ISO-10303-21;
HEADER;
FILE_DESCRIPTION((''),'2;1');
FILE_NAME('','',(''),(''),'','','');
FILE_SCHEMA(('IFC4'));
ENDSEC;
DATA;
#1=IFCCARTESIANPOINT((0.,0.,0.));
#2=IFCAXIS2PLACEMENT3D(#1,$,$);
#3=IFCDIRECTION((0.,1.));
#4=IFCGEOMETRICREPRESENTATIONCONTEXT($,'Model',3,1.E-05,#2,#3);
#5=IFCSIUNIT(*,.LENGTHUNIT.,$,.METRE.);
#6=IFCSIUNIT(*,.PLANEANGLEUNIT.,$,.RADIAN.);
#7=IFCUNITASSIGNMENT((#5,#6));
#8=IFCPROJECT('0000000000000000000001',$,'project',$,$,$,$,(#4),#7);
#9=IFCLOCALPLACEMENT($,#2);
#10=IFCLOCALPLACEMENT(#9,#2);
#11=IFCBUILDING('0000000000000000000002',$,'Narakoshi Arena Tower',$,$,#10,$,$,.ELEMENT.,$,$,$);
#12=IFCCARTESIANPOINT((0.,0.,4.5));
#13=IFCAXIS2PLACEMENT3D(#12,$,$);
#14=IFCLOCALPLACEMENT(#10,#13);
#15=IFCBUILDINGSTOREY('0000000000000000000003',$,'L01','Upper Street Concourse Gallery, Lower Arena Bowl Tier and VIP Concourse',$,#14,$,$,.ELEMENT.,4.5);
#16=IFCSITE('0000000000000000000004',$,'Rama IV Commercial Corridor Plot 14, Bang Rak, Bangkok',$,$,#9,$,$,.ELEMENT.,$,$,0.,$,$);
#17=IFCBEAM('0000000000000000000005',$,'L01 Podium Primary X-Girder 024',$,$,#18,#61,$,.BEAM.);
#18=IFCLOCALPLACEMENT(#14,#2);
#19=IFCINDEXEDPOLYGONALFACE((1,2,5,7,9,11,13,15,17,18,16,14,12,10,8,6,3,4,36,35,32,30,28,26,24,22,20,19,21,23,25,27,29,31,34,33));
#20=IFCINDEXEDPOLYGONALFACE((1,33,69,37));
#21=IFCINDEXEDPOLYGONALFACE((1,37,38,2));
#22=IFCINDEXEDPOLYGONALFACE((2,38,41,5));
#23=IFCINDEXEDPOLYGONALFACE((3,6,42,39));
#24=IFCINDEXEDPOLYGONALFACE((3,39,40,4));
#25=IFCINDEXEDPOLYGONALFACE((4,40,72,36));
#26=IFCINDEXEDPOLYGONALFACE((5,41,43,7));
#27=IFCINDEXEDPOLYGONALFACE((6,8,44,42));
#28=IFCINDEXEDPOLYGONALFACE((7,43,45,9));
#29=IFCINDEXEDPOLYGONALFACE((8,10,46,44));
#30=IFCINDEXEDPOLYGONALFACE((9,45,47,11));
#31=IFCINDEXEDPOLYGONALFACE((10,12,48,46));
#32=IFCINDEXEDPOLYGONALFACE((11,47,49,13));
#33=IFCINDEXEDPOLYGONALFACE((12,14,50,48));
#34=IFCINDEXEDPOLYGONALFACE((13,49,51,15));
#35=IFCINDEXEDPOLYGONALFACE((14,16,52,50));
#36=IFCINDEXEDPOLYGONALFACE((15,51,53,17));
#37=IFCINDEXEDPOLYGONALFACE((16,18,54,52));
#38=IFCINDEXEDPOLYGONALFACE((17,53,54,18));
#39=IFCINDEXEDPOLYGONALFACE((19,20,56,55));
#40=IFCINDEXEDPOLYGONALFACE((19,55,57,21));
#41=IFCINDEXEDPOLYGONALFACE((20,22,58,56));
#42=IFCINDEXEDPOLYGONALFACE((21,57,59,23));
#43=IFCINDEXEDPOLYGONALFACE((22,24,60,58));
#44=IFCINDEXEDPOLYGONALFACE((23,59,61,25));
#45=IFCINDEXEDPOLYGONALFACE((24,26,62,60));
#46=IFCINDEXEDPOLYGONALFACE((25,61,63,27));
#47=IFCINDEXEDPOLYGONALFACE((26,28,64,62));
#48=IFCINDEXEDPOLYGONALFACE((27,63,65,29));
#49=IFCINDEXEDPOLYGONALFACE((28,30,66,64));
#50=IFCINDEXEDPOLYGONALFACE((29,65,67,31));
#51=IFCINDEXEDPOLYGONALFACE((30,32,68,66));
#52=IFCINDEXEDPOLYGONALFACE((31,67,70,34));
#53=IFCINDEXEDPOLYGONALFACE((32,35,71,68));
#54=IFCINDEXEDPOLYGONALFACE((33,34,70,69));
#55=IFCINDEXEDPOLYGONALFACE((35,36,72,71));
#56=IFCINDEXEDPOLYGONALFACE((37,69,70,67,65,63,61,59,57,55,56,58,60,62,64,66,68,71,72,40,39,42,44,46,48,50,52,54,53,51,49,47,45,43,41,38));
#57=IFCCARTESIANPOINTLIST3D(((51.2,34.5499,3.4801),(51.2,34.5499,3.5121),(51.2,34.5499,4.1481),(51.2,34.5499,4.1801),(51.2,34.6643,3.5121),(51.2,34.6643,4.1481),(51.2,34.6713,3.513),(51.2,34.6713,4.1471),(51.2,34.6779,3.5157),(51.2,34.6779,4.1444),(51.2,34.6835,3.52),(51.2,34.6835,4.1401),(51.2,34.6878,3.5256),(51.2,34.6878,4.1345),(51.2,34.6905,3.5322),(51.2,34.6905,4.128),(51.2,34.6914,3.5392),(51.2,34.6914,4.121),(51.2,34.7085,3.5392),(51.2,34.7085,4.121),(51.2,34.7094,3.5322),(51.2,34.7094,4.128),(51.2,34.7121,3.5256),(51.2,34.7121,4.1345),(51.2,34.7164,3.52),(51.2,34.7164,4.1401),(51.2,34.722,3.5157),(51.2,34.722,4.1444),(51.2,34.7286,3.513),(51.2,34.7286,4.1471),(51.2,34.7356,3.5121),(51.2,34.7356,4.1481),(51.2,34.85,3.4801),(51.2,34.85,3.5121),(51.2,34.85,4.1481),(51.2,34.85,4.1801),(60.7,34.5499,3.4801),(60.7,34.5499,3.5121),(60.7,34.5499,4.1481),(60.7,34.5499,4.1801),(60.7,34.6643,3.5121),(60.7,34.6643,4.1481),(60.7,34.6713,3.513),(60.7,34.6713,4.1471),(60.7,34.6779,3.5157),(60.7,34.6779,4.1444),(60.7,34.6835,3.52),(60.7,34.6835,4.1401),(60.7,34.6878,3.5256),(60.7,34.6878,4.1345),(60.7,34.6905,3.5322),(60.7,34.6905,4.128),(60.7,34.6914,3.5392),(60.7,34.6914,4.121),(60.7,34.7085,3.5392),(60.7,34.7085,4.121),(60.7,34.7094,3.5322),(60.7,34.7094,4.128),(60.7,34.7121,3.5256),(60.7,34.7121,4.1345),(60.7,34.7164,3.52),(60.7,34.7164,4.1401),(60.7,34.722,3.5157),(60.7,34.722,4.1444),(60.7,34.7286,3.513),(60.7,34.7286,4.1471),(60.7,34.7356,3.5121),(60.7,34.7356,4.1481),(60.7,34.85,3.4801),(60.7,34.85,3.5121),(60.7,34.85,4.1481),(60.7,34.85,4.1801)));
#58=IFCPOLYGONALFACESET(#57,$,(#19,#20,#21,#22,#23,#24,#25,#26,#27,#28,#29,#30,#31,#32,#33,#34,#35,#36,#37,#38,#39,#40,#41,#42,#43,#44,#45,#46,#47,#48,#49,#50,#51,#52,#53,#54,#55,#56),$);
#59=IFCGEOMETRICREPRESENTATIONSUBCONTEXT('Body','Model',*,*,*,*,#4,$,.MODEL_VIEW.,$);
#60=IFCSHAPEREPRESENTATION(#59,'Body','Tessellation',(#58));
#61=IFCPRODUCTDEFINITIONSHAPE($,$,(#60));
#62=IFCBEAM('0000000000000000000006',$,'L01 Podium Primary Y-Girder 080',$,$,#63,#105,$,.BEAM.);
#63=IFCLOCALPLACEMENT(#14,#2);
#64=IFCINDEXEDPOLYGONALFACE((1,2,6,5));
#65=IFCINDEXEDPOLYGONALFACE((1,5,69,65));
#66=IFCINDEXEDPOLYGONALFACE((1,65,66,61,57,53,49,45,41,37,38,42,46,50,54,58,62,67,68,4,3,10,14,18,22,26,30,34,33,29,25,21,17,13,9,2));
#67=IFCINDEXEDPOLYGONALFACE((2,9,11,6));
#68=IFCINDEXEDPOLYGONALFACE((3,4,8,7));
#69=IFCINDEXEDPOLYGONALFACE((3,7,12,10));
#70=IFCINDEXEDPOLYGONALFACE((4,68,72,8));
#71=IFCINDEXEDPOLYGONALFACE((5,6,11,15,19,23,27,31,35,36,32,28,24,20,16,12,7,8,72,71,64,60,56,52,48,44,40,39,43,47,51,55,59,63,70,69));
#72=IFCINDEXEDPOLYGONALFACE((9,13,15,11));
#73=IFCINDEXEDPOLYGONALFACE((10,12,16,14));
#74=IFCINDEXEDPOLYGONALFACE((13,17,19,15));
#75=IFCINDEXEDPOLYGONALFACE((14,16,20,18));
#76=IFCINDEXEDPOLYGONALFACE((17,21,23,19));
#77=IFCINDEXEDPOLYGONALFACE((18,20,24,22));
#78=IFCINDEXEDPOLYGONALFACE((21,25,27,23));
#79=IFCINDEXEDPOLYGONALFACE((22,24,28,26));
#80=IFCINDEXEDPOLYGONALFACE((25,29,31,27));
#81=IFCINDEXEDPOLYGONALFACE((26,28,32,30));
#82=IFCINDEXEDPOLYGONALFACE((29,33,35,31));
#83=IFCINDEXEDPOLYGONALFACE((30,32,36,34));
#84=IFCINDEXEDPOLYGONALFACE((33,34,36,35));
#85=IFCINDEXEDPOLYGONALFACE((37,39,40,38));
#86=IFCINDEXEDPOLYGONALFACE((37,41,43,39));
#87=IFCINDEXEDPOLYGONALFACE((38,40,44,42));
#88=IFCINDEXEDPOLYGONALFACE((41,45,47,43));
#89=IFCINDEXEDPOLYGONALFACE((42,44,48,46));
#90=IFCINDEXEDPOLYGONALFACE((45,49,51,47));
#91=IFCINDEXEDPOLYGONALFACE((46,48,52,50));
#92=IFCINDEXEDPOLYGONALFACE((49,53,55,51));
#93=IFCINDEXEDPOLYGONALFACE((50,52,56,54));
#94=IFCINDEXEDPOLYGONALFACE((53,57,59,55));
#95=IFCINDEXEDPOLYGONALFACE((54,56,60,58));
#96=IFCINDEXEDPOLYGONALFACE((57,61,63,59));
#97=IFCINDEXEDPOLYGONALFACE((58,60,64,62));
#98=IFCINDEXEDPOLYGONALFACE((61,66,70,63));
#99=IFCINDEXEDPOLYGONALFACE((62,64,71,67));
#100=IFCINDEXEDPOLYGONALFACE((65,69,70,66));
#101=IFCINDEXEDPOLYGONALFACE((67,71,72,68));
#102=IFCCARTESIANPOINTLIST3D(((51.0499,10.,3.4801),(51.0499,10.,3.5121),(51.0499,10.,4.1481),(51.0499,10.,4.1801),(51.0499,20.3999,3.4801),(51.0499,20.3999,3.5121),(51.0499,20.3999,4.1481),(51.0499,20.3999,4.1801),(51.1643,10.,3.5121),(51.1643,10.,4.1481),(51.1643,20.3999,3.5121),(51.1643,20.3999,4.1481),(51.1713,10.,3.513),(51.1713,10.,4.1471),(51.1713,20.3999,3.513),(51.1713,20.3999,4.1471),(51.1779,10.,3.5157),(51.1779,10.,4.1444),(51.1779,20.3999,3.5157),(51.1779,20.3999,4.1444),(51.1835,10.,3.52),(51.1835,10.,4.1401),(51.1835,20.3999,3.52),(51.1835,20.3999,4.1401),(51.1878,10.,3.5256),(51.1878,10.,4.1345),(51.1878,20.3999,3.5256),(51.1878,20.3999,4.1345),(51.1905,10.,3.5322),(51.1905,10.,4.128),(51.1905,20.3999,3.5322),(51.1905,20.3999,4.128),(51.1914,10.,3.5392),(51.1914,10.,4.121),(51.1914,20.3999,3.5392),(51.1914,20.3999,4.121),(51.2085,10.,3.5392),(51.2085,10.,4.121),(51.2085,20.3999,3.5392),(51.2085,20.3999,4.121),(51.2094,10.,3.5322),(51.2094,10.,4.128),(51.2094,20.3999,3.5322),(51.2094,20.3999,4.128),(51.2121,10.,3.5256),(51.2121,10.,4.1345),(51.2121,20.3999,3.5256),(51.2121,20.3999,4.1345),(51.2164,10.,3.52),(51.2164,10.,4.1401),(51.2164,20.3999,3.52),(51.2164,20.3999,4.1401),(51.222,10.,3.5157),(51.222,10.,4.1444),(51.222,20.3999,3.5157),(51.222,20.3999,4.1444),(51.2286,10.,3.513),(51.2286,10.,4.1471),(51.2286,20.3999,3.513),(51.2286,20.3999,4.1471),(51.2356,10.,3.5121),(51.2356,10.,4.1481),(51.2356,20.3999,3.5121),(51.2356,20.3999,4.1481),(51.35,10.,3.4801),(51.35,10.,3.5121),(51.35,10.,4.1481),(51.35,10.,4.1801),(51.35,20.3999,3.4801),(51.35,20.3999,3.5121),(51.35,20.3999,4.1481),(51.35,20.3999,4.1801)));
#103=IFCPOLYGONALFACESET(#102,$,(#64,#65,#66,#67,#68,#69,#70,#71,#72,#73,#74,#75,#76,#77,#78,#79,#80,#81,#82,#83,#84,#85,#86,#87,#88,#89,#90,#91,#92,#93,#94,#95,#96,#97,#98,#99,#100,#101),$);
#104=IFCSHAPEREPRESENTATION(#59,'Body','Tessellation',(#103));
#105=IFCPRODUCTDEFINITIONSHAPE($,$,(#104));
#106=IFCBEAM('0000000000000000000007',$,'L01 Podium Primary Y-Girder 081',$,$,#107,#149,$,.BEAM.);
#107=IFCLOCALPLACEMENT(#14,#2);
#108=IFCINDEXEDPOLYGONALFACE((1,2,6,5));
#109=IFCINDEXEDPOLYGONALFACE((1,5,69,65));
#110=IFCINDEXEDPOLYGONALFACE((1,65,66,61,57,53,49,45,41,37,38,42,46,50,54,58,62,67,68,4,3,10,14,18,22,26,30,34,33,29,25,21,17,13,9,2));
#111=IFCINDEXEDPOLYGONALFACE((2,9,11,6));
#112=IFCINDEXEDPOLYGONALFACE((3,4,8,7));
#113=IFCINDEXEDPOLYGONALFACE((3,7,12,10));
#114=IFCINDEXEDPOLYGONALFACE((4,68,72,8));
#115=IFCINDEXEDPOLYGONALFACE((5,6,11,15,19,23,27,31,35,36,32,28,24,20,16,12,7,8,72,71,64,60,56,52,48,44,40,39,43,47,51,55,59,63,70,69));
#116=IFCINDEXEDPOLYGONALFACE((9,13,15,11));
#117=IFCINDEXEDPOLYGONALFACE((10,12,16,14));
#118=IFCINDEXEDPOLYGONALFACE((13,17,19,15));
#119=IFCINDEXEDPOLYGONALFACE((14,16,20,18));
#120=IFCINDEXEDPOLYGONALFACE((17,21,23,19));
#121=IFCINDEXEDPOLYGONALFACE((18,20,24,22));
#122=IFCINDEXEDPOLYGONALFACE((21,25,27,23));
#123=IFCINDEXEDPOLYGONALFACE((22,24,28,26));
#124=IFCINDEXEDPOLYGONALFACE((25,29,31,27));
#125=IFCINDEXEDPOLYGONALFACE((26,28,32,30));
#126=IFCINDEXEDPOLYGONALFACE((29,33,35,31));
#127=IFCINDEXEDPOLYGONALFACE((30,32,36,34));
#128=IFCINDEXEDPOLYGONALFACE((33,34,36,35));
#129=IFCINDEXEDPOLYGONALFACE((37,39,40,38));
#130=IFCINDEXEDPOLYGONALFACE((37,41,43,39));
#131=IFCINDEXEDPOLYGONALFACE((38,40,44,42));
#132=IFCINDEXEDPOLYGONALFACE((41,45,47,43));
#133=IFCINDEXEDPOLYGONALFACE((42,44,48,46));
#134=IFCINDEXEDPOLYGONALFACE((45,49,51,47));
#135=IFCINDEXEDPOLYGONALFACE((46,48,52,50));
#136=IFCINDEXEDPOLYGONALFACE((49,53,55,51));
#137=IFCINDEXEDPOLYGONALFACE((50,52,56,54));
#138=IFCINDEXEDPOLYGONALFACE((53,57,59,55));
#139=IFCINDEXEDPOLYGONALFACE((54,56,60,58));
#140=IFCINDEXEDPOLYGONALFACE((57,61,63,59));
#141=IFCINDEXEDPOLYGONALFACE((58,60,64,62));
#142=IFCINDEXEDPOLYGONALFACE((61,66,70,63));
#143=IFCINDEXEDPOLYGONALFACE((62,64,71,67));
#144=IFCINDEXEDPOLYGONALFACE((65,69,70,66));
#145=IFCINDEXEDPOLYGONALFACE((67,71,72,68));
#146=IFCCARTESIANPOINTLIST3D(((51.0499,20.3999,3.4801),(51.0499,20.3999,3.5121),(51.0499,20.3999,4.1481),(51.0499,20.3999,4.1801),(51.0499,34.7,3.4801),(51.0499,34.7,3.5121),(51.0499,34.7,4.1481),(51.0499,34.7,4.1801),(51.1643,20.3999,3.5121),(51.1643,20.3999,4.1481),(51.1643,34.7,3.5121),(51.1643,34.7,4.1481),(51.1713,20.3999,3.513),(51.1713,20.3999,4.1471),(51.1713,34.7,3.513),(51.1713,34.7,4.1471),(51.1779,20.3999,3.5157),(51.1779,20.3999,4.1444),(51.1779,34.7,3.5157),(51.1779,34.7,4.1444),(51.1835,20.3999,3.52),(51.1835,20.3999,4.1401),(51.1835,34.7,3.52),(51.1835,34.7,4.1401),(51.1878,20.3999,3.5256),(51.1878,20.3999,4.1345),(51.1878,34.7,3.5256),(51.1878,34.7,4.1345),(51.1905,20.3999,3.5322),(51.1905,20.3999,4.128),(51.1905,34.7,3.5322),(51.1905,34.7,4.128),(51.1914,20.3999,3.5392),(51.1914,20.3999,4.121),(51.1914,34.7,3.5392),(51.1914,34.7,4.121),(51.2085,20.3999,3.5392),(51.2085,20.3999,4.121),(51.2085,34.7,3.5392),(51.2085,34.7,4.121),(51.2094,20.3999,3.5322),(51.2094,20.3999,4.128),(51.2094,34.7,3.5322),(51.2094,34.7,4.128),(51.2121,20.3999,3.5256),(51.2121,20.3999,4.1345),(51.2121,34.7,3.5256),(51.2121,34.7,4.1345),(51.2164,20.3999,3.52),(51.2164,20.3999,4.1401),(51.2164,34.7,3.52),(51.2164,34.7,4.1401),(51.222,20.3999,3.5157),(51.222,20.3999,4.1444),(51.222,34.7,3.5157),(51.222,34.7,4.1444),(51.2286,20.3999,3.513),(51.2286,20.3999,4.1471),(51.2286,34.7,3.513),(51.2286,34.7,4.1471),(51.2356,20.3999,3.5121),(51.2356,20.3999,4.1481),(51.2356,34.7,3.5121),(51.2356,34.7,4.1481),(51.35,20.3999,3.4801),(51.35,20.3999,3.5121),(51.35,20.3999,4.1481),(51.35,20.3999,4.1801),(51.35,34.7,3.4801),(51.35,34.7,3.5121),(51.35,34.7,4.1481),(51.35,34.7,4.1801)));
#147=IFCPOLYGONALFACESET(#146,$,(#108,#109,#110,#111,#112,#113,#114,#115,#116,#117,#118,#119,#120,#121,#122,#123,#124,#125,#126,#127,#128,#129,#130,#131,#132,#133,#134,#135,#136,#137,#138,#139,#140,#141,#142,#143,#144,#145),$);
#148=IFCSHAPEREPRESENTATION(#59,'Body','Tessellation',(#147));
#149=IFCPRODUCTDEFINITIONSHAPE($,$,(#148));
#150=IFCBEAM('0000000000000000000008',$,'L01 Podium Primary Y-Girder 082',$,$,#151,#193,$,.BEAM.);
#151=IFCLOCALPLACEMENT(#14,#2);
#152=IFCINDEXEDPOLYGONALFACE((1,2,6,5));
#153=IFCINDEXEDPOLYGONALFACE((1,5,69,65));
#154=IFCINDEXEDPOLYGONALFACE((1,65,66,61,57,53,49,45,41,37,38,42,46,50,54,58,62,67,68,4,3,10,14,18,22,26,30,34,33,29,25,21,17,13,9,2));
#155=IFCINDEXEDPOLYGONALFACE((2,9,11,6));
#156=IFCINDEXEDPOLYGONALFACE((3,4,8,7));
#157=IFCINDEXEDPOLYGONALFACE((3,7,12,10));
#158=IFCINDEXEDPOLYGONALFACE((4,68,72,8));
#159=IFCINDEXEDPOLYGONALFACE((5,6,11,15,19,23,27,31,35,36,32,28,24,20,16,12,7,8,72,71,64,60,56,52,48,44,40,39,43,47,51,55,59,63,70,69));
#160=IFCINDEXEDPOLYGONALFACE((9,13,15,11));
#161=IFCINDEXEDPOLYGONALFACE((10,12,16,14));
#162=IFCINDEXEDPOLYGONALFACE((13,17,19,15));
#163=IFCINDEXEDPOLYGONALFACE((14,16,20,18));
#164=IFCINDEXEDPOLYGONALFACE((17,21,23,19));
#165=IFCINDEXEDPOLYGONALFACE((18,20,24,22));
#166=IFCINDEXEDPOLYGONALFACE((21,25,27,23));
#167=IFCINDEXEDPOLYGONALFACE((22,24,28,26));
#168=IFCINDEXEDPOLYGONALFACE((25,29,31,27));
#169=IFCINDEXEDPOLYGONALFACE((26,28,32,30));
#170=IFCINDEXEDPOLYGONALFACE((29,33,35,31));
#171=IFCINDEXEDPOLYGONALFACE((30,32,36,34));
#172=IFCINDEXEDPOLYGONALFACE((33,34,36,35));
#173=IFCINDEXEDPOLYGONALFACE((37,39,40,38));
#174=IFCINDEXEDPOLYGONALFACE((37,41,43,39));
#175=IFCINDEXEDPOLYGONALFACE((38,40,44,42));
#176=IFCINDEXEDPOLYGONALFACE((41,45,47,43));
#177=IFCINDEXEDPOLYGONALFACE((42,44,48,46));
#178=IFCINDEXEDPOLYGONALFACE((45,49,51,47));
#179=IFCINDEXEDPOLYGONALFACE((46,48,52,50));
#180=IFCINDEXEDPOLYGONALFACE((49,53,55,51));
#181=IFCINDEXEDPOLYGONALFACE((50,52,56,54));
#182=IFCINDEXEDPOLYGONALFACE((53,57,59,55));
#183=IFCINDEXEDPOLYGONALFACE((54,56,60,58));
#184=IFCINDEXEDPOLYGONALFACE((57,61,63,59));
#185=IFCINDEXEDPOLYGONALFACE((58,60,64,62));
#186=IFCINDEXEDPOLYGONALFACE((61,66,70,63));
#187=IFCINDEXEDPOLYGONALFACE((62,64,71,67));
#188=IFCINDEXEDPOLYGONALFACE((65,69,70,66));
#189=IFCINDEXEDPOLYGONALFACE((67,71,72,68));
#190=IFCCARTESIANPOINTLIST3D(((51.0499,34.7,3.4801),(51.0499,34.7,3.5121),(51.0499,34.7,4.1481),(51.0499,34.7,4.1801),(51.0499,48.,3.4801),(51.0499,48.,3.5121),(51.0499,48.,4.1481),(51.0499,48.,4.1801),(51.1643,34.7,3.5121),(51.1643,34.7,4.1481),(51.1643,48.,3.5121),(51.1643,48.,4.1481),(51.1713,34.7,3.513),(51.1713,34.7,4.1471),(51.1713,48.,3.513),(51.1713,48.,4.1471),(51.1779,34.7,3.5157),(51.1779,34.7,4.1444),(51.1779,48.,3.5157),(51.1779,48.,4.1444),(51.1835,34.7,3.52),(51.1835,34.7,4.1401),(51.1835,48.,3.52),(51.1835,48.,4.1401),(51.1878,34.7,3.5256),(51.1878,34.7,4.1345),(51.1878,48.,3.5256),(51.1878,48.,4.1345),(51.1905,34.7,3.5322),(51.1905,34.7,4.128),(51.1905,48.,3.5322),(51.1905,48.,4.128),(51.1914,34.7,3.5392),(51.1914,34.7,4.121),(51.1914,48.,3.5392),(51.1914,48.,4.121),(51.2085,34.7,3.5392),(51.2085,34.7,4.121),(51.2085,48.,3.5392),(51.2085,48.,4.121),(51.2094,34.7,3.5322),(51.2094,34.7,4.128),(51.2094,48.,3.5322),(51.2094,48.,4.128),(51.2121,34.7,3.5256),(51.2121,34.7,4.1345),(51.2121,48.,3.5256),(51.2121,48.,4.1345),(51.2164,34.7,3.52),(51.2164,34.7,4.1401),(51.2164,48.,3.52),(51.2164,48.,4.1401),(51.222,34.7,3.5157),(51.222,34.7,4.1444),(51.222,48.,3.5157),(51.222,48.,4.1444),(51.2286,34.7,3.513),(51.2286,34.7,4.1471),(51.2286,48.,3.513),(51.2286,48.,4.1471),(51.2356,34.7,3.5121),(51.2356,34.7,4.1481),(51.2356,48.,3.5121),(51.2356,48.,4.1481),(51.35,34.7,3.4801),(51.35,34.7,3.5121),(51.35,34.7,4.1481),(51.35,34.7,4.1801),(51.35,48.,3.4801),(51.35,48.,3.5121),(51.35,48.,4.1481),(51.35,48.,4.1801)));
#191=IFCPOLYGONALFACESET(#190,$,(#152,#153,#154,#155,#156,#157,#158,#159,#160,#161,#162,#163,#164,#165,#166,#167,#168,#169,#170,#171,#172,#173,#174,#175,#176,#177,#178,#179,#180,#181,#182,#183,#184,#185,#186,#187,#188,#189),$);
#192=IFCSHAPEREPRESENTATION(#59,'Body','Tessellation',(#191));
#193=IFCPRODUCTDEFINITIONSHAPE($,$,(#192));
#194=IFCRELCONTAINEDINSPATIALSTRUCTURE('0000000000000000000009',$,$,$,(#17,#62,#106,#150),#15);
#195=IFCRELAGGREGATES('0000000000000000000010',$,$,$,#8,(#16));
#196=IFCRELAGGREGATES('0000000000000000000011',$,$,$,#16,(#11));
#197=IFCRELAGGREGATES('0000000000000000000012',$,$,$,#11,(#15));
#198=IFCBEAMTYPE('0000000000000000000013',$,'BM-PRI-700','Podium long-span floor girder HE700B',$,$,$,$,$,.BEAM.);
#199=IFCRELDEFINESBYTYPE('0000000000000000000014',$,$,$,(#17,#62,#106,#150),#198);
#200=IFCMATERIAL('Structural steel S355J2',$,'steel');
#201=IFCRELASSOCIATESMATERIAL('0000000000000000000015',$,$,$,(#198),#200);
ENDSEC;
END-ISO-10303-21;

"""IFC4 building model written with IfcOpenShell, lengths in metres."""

from ifc_helpers import new_model, si_unit, direction, frame, origin, origin_2d, place, context, subcontext, project, spatial, i_section, extrude, material, material_profile, profile_set, type_object, element, save


model = new_model("IFC4")

# Units and contexts
model_context = context("Model", 3, precision=1e-05, world=origin(), true_north=direction((0.0, 1.0)))
body_context = subcontext(model_context, "Body", "Model", "MODEL_VIEW")
ifc_project = project(units=[si_unit("LENGTHUNIT", "METRE"), si_unit("PLANEANGLEUNIT", "RADIAN")], contexts=[model_context])

# Site, building, storey
site_placement = place(None, origin())
site = spatial("IfcSite", under=ifc_project, at=site_placement, Name="Rama IV Commercial Corridor Plot 14, Bang Rak, Bangkok", CompositionType="ELEMENT", RefElevation=0.0)
building_placement = place(site_placement, origin())
building = spatial("IfcBuilding", under=site, at=building_placement, Name="Narakoshi Arena Tower", CompositionType="ELEMENT")
storey_placement = place(building_placement, frame((0.0, 0.0, 4.5)))
storey = spatial("IfcBuildingStorey", under=building, at=storey_placement, Name="L01", Description="Upper Street Concourse Gallery, Lower Arena Bowl Tier and VIP Concourse", CompositionType="ELEMENT", Elevation=4.5)

# Beams
ifc_material_1 = material(Name="Structural steel S355J2", Category="steel")
ifc_material_profile_1 = material_profile(ifc_material_1, i_section(OverallWidth=0.3, OverallDepth=0.7, WebThickness=0.0171, FlangeThickness=0.032, FilletRadius=0.0271, at=origin_2d()), Name="HE700B")
ifc_profile_set_1 = profile_set([ifc_material_profile_1], Name="Structural steel S355J2")
beam_type_1 = type_object("IfcBeamType", Name="BM-PRI-700", Description="Podium long-span floor girder HE700B", PredefinedType="BEAM", material=ifc_profile_set_1)
for number, where, z_axis, x_axis, name in (
    (1, (51.2, 34.7, 3.8301), (1.0, 0.0, 0.0), (0.0, 1.0, 0.0), "L01 Podium Primary X-Girder 024"),
):
    element("IfcBeam", number, at=place(storey_placement, frame(where, z_axis=z_axis, x_axis=x_axis)), inside=storey, type_object=beam_type_1, Name=name, PredefinedType="BEAM", context=body_context, shape_type="SweptSolid", body=[
        extrude(i_section(OverallWidth=0.3, OverallDepth=0.7, WebThickness=0.0171, FlangeThickness=0.032, FilletRadius=0.0271, at=origin_2d()), origin(), (0.0, 0.0, 1.0), 9.5),
    ])
beam_1_placement = place(storey_placement, frame((51.2, 10.0, 3.8301), z_axis=(0.0, 1.0, 0.0), x_axis=(-1.0, 0.0, 0.0)))
element("IfcBeam", 2, at=beam_1_placement, inside=storey, type_object=beam_type_1, Name="L01 Podium Primary Y-Girder 080", PredefinedType="BEAM", context=body_context, shape_type="SweptSolid", body=[
    extrude(i_section(OverallWidth=0.3, OverallDepth=0.7, WebThickness=0.0171, FlangeThickness=0.032, FilletRadius=0.0271, at=origin_2d()), origin(), (0.0, 0.0, 1.0), 10.3999),
])
beam_2_placement = place(storey_placement, frame((51.2, 20.3999, 3.8301), z_axis=(0.0, 1.0, 0.0), x_axis=(-1.0, 0.0, 0.0)))
element("IfcBeam", 3, at=beam_2_placement, inside=storey, type_object=beam_type_1, Name="L01 Podium Primary Y-Girder 081", PredefinedType="BEAM", context=body_context, shape_type="SweptSolid", body=[
    extrude(i_section(OverallWidth=0.3, OverallDepth=0.7, WebThickness=0.0171, FlangeThickness=0.032, FilletRadius=0.0271, at=origin_2d()), origin(), (0.0, 0.0, 1.0), 14.3),
])
beam_3_placement = place(storey_placement, frame((51.2, 34.7, 3.8301), z_axis=(0.0, 1.0, 0.0), x_axis=(-1.0, 0.0, 0.0)))
element("IfcBeam", 4, at=beam_3_placement, inside=storey, type_object=beam_type_1, Name="L01 Podium Primary Y-Girder 082", PredefinedType="BEAM", context=body_context, shape_type="SweptSolid", body=[
    extrude(i_section(OverallWidth=0.3, OverallDepth=0.7, WebThickness=0.0171, FlangeThickness=0.032, FilletRadius=0.0271, at=origin_2d()), origin(), (0.0, 0.0, 1.0), 13.3),
])

save(model, "model.ifc")
